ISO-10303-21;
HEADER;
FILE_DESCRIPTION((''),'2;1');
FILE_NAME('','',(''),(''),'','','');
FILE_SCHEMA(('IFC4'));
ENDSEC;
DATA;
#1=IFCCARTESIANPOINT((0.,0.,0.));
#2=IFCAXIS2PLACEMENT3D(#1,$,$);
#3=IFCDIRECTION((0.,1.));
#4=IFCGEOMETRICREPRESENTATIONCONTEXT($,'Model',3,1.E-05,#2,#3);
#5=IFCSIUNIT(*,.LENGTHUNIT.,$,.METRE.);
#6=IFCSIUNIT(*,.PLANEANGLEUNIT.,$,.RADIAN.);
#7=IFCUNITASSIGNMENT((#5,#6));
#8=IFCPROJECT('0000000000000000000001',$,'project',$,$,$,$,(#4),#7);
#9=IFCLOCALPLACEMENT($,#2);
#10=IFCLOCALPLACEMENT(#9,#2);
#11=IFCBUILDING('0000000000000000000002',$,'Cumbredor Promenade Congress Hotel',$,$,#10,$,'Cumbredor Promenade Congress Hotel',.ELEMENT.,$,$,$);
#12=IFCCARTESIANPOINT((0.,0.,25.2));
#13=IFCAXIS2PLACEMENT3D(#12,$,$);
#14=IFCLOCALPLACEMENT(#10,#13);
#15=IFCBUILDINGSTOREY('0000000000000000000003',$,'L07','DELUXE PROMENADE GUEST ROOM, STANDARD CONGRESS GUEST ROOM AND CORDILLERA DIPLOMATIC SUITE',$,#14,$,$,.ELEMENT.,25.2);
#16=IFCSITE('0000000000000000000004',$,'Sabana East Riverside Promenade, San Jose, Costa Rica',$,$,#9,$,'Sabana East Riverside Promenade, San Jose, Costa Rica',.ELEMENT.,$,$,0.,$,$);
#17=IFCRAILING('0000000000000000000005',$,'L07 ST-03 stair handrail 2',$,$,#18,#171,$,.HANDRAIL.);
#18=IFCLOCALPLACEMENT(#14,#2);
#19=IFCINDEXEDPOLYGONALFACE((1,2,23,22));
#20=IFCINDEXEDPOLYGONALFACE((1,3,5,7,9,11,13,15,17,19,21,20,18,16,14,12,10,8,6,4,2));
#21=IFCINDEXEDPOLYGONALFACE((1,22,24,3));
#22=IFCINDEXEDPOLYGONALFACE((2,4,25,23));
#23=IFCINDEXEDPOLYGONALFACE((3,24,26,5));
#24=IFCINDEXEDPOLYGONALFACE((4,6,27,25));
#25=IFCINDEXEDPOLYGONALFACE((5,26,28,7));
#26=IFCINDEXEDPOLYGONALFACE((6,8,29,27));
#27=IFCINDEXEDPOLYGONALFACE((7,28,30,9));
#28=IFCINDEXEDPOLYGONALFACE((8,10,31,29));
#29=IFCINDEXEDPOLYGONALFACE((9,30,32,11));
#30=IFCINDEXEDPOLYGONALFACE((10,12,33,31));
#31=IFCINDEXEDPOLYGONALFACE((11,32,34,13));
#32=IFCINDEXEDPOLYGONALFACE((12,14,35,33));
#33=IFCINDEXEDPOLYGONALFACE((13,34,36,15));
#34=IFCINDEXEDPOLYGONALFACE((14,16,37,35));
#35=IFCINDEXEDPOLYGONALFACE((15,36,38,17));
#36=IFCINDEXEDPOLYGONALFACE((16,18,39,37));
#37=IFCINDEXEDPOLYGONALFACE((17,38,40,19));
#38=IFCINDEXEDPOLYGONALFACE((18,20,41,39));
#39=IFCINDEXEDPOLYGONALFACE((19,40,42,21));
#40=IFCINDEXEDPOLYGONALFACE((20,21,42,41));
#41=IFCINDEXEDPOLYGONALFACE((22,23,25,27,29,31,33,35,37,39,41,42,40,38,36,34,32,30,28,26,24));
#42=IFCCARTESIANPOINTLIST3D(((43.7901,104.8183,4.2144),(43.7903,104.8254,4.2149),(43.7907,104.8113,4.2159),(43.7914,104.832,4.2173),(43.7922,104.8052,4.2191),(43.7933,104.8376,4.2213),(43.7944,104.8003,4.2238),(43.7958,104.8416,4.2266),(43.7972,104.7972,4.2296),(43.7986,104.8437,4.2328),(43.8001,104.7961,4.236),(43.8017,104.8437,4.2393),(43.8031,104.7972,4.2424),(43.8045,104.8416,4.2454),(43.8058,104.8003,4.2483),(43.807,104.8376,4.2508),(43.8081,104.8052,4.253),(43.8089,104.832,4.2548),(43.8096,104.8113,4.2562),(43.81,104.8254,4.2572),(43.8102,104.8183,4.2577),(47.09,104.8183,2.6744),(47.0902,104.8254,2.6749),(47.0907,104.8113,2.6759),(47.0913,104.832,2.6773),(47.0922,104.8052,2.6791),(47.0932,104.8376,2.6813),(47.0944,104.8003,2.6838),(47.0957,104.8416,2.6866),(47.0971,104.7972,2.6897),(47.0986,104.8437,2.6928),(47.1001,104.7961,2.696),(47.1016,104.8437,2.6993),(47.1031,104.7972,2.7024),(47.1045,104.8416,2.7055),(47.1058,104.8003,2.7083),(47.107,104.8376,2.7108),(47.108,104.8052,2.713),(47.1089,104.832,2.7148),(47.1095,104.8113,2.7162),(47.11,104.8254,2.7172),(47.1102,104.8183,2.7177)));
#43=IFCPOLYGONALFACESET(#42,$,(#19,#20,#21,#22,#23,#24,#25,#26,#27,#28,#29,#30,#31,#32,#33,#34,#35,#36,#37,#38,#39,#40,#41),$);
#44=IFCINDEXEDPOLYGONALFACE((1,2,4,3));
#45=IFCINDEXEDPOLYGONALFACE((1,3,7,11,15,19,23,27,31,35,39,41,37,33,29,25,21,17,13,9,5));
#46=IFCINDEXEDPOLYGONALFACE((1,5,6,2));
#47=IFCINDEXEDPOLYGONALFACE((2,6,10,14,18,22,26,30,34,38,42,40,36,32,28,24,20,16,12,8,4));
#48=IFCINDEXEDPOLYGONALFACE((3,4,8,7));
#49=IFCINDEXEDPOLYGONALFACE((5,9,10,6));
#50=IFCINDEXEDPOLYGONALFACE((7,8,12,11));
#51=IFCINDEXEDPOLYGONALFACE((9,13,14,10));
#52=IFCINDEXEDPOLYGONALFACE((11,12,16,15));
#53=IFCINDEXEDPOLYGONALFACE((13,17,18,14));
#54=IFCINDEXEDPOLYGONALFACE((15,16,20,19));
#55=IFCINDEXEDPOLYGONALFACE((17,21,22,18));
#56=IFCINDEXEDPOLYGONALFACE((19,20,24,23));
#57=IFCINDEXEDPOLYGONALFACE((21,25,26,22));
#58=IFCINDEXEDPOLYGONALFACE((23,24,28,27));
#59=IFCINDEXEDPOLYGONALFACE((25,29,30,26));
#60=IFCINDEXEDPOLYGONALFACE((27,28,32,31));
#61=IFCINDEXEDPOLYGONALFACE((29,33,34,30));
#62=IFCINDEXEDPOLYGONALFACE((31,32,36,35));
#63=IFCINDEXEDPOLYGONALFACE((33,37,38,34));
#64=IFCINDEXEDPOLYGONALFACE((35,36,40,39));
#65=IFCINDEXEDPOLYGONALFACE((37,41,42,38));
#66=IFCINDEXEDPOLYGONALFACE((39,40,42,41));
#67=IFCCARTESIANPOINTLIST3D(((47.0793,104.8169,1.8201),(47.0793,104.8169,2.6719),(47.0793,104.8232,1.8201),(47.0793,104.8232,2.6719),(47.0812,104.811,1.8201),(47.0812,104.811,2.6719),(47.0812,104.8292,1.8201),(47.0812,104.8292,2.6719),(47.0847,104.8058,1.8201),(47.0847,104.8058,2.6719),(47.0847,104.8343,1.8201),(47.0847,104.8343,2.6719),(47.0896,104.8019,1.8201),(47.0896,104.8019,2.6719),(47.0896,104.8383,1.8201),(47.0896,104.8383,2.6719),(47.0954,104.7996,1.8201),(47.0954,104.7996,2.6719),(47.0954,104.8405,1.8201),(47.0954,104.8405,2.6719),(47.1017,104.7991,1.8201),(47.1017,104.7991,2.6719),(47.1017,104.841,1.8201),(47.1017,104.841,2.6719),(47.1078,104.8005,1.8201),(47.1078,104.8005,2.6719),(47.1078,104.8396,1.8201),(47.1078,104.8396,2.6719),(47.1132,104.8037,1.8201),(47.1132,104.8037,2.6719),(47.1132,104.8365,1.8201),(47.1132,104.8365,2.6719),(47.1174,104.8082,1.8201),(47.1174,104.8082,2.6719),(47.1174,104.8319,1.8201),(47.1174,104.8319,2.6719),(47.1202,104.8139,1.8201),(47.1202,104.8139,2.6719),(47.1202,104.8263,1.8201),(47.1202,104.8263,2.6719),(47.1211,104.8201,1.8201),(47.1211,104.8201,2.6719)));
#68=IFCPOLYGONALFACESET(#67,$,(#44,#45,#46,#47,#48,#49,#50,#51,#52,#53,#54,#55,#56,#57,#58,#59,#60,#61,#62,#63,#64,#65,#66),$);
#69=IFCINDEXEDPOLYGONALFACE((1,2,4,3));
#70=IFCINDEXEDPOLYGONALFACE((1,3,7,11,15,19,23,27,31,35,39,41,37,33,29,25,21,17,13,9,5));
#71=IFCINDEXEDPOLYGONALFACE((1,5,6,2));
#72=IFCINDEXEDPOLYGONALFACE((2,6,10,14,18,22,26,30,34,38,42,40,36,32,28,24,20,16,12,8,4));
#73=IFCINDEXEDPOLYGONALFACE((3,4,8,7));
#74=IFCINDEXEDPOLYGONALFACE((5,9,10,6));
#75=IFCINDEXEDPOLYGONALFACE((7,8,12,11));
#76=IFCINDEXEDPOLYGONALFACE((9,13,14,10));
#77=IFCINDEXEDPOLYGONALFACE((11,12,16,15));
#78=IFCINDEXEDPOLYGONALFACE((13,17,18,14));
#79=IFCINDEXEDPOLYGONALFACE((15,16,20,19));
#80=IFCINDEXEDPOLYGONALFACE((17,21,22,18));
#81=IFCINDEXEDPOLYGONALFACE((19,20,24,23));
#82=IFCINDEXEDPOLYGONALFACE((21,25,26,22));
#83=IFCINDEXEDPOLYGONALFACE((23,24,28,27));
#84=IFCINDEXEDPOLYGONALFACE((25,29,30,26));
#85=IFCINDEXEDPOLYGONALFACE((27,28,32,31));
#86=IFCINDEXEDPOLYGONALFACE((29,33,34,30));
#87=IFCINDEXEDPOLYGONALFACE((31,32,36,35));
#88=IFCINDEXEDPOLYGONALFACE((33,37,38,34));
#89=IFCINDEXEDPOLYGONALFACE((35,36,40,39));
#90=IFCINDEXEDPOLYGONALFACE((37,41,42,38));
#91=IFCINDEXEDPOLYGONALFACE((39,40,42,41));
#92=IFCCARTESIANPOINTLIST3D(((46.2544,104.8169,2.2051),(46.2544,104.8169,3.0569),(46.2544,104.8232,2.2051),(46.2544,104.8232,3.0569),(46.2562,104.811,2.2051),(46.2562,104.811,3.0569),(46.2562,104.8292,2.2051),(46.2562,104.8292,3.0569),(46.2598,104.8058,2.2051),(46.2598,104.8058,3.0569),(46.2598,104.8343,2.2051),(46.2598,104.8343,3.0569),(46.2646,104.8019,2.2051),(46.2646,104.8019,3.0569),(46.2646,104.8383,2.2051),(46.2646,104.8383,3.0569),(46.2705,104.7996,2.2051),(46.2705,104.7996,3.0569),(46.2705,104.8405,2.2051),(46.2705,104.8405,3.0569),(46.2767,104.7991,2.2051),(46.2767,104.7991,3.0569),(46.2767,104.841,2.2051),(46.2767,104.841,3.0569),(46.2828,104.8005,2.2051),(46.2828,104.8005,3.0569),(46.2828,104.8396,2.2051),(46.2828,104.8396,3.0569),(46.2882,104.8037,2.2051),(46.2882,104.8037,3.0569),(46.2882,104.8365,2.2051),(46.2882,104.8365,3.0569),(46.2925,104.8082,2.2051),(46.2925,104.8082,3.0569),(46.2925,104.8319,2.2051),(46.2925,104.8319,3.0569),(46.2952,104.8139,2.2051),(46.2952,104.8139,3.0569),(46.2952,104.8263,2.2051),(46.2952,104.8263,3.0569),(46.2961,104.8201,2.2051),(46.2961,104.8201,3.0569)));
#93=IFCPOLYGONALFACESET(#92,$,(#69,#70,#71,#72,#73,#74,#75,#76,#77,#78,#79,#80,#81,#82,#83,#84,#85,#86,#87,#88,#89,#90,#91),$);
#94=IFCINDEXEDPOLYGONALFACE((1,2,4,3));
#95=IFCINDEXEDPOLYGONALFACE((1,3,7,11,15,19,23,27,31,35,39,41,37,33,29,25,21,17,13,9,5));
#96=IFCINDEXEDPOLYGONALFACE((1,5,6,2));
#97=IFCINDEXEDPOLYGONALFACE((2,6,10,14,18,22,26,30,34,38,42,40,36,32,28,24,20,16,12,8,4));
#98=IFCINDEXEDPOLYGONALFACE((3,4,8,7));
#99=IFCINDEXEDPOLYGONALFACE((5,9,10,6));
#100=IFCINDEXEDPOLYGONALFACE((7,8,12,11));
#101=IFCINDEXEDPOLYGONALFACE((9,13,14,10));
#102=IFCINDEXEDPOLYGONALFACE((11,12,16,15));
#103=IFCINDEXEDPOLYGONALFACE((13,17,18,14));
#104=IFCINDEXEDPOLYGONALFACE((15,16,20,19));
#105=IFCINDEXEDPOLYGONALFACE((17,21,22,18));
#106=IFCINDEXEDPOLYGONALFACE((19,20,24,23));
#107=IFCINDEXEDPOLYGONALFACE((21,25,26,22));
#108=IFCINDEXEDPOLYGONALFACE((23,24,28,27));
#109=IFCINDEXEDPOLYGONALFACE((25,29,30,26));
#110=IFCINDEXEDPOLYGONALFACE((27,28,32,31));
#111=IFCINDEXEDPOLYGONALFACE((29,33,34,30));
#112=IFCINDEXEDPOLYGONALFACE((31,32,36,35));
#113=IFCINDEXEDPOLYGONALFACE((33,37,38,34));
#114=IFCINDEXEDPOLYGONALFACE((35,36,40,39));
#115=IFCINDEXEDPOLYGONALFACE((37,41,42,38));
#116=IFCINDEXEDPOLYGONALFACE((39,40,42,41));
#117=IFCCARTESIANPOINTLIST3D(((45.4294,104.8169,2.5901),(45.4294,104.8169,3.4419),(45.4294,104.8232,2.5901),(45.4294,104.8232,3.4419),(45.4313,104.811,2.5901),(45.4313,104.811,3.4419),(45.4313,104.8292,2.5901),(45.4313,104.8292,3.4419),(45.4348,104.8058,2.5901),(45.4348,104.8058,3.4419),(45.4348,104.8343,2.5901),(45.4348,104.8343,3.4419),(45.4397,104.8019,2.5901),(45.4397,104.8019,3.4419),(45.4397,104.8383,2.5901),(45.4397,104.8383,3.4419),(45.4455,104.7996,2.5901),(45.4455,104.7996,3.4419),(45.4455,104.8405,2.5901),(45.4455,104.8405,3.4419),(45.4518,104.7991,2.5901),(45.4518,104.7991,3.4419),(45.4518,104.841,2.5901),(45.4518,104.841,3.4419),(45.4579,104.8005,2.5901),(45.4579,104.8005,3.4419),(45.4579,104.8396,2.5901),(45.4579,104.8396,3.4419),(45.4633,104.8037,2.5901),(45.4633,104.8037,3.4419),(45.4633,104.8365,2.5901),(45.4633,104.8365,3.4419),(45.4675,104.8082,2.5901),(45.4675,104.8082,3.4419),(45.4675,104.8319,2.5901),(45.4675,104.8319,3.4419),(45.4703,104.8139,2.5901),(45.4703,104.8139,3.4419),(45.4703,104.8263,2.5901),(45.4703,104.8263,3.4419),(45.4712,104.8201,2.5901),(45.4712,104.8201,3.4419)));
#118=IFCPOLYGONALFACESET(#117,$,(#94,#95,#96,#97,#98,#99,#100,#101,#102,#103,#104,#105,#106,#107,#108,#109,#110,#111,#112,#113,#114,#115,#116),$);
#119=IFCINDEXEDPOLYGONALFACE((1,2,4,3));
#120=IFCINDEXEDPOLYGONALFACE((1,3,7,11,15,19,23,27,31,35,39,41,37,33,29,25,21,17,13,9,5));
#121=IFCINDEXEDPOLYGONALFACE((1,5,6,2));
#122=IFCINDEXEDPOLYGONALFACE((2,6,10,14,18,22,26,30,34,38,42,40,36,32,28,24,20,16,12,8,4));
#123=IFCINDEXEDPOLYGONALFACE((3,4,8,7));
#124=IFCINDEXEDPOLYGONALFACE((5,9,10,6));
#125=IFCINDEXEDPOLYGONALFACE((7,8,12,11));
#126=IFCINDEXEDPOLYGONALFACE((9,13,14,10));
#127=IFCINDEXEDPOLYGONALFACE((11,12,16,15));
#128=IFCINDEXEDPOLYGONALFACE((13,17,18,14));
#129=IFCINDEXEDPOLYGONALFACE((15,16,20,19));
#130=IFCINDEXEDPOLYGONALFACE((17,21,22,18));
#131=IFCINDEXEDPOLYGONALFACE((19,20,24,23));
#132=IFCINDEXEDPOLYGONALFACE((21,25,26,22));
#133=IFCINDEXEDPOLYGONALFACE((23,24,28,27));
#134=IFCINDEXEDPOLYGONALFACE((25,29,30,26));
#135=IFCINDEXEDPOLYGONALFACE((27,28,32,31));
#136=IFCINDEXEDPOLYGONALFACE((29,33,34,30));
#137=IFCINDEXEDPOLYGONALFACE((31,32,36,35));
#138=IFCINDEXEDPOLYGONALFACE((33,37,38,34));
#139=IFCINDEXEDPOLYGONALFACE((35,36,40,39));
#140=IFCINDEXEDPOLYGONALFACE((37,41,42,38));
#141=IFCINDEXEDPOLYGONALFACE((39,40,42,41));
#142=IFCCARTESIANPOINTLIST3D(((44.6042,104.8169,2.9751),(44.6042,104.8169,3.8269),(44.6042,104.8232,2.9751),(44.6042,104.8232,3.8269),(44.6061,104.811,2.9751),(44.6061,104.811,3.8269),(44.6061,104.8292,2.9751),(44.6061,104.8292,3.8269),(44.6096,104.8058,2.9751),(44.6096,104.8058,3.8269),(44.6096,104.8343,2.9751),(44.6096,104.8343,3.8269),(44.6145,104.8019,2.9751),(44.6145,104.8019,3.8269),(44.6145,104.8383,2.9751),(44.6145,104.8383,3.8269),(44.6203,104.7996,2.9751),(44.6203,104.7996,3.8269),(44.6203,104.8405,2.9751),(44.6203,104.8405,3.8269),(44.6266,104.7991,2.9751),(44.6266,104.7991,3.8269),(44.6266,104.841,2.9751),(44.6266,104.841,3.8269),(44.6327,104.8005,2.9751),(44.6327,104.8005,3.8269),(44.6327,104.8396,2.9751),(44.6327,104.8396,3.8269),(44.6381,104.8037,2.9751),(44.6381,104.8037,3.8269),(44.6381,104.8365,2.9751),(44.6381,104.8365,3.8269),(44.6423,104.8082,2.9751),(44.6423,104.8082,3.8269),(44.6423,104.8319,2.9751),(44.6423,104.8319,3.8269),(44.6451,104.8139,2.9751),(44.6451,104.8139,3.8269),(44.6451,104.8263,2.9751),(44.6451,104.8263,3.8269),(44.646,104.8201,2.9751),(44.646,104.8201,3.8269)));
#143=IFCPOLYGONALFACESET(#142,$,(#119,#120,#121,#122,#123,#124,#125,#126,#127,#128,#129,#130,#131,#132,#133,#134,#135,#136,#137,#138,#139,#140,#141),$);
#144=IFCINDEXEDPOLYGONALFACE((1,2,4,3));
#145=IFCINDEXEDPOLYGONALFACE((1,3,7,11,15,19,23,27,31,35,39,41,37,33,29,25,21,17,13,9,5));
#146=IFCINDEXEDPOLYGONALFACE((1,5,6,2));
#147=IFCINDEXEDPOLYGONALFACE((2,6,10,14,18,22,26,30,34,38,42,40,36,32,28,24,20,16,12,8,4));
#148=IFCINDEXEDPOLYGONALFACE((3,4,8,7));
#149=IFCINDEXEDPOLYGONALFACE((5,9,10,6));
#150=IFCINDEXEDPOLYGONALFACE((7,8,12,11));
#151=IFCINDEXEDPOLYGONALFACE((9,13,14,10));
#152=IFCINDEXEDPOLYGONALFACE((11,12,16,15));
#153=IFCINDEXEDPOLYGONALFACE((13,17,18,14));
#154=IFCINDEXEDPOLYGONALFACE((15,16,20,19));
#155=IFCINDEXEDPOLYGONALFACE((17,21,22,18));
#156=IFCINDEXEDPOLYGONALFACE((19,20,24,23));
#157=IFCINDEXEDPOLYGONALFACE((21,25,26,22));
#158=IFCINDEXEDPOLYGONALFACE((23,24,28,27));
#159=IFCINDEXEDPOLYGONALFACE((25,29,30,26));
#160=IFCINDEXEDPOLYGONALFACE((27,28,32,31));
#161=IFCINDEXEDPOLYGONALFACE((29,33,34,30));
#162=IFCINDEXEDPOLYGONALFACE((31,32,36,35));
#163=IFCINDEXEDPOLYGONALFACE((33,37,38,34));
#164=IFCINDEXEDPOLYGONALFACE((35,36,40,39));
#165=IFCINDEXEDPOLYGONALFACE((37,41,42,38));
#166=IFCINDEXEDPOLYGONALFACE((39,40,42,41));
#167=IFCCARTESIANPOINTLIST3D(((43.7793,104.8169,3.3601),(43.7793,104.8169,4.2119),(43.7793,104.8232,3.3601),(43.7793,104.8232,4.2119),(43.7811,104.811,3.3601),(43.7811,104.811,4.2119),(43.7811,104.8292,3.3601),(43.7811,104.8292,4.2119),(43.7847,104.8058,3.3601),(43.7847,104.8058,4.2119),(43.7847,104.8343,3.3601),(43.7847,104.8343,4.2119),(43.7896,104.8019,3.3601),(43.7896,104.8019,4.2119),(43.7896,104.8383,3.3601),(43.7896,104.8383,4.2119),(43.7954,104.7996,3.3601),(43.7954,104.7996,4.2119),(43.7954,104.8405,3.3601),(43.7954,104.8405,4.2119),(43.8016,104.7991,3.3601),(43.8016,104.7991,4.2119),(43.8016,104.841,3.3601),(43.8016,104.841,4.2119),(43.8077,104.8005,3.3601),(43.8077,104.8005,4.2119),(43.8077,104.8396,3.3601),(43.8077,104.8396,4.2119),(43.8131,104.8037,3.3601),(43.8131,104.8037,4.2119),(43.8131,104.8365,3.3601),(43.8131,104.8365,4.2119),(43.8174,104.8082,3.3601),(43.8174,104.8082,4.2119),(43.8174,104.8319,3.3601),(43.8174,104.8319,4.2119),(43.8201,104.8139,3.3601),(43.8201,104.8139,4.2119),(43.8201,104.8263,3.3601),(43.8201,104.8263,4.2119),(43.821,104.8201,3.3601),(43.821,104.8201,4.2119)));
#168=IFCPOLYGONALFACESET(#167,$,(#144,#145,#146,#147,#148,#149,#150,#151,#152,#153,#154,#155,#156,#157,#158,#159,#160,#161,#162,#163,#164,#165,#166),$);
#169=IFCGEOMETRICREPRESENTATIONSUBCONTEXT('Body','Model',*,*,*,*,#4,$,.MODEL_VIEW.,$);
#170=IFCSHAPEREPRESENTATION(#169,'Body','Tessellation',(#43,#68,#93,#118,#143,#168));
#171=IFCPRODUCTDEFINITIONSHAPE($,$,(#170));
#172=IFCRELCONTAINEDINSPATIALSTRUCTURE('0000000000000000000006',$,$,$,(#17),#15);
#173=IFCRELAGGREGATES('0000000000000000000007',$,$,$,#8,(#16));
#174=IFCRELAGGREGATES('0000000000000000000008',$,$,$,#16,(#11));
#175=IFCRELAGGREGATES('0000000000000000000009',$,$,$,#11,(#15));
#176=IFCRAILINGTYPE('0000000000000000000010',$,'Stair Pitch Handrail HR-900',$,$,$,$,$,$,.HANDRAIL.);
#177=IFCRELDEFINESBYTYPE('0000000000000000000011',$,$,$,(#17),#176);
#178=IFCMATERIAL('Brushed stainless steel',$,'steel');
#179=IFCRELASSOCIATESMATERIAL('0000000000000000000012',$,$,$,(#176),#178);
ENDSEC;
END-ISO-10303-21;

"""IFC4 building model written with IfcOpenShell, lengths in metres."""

from ifc_helpers import new_model, si_unit, direction, frame, origin, origin_2d, place, context, subcontext, project, spatial, circle, extrude, material, type_object, element, save


model = new_model("IFC4")

# Units and contexts
model_context = context("Model", 3, precision=1e-05, world=origin(), true_north=direction((0.0, 1.0)))
body_context = subcontext(model_context, "Body", "Model", "MODEL_VIEW")
ifc_project = project(units=[si_unit("LENGTHUNIT", "METRE"), si_unit("PLANEANGLEUNIT", "RADIAN")], contexts=[model_context])

# Site, building, storey
site_placement = place(None, origin())
site = spatial("IfcSite", under=ifc_project, at=site_placement, Name="Sabana East Riverside Promenade, San Jose, Costa Rica", LongName="Sabana East Riverside Promenade, San Jose, Costa Rica", CompositionType="ELEMENT", RefElevation=0.0)
building_placement = place(site_placement, origin())
building = spatial("IfcBuilding", under=site, at=building_placement, Name="Cumbredor Promenade Congress Hotel", LongName="Cumbredor Promenade Congress Hotel", CompositionType="ELEMENT")
storey_placement = place(building_placement, frame((0.0, 0.0, 25.2)))
storey = spatial("IfcBuildingStorey", under=building, at=storey_placement, Name="L07", Description="DELUXE PROMENADE GUEST ROOM, STANDARD CONGRESS GUEST ROOM AND CORDILLERA DIPLOMATIC SUITE", CompositionType="ELEMENT", Elevation=25.2)

# Railing
ifc_material_1 = material(Name="Brushed stainless steel", Category="steel")
railing_type_1 = type_object("IfcRailingType", Name="Stair Pitch Handrail HR-900", PredefinedType="HANDRAIL", material=ifc_material_1)
railing_1_placement = place(storey_placement, frame((47.1001, 104.8201, 1.8201)))
element("IfcRailing", 1, at=railing_1_placement, inside=storey, type_object=railing_type_1, Name="L07 ST-03 stair handrail 2", PredefinedType="HANDRAIL", context=body_context, shape_type="SweptSolid", body=[
    extrude(circle(Radius=0.0239, at=origin_2d()), frame((0.0, 0.0, 0.876), z_axis=(-0.906181, 0.0, 0.422889), x_axis=(0.0, -1.0, 0.0)), (0.0, 0.0, 1.0), 3.6416),
    extrude(circle(Radius=0.021, at=origin_2d()), origin(), (0.0, 0.0, 1.0), 0.8518),
    extrude(circle(Radius=0.021, at=origin_2d()), frame((-0.825, 0.0, 0.385)), (0.0, 0.0, 1.0), 0.8518),
    extrude(circle(Radius=0.021, at=origin_2d()), frame((-1.6499, 0.0, 0.77)), (0.0, 0.0, 1.0), 0.8518),
    extrude(circle(Radius=0.021, at=origin_2d()), frame((-2.4751, 0.0, 1.155)), (0.0, 0.0, 1.0), 0.8518),
    extrude(circle(Radius=0.021, at=origin_2d()), frame((-3.3, 0.0, 1.54)), (0.0, 0.0, 1.0), 0.8518),
])

save(model, "model.ifc")
